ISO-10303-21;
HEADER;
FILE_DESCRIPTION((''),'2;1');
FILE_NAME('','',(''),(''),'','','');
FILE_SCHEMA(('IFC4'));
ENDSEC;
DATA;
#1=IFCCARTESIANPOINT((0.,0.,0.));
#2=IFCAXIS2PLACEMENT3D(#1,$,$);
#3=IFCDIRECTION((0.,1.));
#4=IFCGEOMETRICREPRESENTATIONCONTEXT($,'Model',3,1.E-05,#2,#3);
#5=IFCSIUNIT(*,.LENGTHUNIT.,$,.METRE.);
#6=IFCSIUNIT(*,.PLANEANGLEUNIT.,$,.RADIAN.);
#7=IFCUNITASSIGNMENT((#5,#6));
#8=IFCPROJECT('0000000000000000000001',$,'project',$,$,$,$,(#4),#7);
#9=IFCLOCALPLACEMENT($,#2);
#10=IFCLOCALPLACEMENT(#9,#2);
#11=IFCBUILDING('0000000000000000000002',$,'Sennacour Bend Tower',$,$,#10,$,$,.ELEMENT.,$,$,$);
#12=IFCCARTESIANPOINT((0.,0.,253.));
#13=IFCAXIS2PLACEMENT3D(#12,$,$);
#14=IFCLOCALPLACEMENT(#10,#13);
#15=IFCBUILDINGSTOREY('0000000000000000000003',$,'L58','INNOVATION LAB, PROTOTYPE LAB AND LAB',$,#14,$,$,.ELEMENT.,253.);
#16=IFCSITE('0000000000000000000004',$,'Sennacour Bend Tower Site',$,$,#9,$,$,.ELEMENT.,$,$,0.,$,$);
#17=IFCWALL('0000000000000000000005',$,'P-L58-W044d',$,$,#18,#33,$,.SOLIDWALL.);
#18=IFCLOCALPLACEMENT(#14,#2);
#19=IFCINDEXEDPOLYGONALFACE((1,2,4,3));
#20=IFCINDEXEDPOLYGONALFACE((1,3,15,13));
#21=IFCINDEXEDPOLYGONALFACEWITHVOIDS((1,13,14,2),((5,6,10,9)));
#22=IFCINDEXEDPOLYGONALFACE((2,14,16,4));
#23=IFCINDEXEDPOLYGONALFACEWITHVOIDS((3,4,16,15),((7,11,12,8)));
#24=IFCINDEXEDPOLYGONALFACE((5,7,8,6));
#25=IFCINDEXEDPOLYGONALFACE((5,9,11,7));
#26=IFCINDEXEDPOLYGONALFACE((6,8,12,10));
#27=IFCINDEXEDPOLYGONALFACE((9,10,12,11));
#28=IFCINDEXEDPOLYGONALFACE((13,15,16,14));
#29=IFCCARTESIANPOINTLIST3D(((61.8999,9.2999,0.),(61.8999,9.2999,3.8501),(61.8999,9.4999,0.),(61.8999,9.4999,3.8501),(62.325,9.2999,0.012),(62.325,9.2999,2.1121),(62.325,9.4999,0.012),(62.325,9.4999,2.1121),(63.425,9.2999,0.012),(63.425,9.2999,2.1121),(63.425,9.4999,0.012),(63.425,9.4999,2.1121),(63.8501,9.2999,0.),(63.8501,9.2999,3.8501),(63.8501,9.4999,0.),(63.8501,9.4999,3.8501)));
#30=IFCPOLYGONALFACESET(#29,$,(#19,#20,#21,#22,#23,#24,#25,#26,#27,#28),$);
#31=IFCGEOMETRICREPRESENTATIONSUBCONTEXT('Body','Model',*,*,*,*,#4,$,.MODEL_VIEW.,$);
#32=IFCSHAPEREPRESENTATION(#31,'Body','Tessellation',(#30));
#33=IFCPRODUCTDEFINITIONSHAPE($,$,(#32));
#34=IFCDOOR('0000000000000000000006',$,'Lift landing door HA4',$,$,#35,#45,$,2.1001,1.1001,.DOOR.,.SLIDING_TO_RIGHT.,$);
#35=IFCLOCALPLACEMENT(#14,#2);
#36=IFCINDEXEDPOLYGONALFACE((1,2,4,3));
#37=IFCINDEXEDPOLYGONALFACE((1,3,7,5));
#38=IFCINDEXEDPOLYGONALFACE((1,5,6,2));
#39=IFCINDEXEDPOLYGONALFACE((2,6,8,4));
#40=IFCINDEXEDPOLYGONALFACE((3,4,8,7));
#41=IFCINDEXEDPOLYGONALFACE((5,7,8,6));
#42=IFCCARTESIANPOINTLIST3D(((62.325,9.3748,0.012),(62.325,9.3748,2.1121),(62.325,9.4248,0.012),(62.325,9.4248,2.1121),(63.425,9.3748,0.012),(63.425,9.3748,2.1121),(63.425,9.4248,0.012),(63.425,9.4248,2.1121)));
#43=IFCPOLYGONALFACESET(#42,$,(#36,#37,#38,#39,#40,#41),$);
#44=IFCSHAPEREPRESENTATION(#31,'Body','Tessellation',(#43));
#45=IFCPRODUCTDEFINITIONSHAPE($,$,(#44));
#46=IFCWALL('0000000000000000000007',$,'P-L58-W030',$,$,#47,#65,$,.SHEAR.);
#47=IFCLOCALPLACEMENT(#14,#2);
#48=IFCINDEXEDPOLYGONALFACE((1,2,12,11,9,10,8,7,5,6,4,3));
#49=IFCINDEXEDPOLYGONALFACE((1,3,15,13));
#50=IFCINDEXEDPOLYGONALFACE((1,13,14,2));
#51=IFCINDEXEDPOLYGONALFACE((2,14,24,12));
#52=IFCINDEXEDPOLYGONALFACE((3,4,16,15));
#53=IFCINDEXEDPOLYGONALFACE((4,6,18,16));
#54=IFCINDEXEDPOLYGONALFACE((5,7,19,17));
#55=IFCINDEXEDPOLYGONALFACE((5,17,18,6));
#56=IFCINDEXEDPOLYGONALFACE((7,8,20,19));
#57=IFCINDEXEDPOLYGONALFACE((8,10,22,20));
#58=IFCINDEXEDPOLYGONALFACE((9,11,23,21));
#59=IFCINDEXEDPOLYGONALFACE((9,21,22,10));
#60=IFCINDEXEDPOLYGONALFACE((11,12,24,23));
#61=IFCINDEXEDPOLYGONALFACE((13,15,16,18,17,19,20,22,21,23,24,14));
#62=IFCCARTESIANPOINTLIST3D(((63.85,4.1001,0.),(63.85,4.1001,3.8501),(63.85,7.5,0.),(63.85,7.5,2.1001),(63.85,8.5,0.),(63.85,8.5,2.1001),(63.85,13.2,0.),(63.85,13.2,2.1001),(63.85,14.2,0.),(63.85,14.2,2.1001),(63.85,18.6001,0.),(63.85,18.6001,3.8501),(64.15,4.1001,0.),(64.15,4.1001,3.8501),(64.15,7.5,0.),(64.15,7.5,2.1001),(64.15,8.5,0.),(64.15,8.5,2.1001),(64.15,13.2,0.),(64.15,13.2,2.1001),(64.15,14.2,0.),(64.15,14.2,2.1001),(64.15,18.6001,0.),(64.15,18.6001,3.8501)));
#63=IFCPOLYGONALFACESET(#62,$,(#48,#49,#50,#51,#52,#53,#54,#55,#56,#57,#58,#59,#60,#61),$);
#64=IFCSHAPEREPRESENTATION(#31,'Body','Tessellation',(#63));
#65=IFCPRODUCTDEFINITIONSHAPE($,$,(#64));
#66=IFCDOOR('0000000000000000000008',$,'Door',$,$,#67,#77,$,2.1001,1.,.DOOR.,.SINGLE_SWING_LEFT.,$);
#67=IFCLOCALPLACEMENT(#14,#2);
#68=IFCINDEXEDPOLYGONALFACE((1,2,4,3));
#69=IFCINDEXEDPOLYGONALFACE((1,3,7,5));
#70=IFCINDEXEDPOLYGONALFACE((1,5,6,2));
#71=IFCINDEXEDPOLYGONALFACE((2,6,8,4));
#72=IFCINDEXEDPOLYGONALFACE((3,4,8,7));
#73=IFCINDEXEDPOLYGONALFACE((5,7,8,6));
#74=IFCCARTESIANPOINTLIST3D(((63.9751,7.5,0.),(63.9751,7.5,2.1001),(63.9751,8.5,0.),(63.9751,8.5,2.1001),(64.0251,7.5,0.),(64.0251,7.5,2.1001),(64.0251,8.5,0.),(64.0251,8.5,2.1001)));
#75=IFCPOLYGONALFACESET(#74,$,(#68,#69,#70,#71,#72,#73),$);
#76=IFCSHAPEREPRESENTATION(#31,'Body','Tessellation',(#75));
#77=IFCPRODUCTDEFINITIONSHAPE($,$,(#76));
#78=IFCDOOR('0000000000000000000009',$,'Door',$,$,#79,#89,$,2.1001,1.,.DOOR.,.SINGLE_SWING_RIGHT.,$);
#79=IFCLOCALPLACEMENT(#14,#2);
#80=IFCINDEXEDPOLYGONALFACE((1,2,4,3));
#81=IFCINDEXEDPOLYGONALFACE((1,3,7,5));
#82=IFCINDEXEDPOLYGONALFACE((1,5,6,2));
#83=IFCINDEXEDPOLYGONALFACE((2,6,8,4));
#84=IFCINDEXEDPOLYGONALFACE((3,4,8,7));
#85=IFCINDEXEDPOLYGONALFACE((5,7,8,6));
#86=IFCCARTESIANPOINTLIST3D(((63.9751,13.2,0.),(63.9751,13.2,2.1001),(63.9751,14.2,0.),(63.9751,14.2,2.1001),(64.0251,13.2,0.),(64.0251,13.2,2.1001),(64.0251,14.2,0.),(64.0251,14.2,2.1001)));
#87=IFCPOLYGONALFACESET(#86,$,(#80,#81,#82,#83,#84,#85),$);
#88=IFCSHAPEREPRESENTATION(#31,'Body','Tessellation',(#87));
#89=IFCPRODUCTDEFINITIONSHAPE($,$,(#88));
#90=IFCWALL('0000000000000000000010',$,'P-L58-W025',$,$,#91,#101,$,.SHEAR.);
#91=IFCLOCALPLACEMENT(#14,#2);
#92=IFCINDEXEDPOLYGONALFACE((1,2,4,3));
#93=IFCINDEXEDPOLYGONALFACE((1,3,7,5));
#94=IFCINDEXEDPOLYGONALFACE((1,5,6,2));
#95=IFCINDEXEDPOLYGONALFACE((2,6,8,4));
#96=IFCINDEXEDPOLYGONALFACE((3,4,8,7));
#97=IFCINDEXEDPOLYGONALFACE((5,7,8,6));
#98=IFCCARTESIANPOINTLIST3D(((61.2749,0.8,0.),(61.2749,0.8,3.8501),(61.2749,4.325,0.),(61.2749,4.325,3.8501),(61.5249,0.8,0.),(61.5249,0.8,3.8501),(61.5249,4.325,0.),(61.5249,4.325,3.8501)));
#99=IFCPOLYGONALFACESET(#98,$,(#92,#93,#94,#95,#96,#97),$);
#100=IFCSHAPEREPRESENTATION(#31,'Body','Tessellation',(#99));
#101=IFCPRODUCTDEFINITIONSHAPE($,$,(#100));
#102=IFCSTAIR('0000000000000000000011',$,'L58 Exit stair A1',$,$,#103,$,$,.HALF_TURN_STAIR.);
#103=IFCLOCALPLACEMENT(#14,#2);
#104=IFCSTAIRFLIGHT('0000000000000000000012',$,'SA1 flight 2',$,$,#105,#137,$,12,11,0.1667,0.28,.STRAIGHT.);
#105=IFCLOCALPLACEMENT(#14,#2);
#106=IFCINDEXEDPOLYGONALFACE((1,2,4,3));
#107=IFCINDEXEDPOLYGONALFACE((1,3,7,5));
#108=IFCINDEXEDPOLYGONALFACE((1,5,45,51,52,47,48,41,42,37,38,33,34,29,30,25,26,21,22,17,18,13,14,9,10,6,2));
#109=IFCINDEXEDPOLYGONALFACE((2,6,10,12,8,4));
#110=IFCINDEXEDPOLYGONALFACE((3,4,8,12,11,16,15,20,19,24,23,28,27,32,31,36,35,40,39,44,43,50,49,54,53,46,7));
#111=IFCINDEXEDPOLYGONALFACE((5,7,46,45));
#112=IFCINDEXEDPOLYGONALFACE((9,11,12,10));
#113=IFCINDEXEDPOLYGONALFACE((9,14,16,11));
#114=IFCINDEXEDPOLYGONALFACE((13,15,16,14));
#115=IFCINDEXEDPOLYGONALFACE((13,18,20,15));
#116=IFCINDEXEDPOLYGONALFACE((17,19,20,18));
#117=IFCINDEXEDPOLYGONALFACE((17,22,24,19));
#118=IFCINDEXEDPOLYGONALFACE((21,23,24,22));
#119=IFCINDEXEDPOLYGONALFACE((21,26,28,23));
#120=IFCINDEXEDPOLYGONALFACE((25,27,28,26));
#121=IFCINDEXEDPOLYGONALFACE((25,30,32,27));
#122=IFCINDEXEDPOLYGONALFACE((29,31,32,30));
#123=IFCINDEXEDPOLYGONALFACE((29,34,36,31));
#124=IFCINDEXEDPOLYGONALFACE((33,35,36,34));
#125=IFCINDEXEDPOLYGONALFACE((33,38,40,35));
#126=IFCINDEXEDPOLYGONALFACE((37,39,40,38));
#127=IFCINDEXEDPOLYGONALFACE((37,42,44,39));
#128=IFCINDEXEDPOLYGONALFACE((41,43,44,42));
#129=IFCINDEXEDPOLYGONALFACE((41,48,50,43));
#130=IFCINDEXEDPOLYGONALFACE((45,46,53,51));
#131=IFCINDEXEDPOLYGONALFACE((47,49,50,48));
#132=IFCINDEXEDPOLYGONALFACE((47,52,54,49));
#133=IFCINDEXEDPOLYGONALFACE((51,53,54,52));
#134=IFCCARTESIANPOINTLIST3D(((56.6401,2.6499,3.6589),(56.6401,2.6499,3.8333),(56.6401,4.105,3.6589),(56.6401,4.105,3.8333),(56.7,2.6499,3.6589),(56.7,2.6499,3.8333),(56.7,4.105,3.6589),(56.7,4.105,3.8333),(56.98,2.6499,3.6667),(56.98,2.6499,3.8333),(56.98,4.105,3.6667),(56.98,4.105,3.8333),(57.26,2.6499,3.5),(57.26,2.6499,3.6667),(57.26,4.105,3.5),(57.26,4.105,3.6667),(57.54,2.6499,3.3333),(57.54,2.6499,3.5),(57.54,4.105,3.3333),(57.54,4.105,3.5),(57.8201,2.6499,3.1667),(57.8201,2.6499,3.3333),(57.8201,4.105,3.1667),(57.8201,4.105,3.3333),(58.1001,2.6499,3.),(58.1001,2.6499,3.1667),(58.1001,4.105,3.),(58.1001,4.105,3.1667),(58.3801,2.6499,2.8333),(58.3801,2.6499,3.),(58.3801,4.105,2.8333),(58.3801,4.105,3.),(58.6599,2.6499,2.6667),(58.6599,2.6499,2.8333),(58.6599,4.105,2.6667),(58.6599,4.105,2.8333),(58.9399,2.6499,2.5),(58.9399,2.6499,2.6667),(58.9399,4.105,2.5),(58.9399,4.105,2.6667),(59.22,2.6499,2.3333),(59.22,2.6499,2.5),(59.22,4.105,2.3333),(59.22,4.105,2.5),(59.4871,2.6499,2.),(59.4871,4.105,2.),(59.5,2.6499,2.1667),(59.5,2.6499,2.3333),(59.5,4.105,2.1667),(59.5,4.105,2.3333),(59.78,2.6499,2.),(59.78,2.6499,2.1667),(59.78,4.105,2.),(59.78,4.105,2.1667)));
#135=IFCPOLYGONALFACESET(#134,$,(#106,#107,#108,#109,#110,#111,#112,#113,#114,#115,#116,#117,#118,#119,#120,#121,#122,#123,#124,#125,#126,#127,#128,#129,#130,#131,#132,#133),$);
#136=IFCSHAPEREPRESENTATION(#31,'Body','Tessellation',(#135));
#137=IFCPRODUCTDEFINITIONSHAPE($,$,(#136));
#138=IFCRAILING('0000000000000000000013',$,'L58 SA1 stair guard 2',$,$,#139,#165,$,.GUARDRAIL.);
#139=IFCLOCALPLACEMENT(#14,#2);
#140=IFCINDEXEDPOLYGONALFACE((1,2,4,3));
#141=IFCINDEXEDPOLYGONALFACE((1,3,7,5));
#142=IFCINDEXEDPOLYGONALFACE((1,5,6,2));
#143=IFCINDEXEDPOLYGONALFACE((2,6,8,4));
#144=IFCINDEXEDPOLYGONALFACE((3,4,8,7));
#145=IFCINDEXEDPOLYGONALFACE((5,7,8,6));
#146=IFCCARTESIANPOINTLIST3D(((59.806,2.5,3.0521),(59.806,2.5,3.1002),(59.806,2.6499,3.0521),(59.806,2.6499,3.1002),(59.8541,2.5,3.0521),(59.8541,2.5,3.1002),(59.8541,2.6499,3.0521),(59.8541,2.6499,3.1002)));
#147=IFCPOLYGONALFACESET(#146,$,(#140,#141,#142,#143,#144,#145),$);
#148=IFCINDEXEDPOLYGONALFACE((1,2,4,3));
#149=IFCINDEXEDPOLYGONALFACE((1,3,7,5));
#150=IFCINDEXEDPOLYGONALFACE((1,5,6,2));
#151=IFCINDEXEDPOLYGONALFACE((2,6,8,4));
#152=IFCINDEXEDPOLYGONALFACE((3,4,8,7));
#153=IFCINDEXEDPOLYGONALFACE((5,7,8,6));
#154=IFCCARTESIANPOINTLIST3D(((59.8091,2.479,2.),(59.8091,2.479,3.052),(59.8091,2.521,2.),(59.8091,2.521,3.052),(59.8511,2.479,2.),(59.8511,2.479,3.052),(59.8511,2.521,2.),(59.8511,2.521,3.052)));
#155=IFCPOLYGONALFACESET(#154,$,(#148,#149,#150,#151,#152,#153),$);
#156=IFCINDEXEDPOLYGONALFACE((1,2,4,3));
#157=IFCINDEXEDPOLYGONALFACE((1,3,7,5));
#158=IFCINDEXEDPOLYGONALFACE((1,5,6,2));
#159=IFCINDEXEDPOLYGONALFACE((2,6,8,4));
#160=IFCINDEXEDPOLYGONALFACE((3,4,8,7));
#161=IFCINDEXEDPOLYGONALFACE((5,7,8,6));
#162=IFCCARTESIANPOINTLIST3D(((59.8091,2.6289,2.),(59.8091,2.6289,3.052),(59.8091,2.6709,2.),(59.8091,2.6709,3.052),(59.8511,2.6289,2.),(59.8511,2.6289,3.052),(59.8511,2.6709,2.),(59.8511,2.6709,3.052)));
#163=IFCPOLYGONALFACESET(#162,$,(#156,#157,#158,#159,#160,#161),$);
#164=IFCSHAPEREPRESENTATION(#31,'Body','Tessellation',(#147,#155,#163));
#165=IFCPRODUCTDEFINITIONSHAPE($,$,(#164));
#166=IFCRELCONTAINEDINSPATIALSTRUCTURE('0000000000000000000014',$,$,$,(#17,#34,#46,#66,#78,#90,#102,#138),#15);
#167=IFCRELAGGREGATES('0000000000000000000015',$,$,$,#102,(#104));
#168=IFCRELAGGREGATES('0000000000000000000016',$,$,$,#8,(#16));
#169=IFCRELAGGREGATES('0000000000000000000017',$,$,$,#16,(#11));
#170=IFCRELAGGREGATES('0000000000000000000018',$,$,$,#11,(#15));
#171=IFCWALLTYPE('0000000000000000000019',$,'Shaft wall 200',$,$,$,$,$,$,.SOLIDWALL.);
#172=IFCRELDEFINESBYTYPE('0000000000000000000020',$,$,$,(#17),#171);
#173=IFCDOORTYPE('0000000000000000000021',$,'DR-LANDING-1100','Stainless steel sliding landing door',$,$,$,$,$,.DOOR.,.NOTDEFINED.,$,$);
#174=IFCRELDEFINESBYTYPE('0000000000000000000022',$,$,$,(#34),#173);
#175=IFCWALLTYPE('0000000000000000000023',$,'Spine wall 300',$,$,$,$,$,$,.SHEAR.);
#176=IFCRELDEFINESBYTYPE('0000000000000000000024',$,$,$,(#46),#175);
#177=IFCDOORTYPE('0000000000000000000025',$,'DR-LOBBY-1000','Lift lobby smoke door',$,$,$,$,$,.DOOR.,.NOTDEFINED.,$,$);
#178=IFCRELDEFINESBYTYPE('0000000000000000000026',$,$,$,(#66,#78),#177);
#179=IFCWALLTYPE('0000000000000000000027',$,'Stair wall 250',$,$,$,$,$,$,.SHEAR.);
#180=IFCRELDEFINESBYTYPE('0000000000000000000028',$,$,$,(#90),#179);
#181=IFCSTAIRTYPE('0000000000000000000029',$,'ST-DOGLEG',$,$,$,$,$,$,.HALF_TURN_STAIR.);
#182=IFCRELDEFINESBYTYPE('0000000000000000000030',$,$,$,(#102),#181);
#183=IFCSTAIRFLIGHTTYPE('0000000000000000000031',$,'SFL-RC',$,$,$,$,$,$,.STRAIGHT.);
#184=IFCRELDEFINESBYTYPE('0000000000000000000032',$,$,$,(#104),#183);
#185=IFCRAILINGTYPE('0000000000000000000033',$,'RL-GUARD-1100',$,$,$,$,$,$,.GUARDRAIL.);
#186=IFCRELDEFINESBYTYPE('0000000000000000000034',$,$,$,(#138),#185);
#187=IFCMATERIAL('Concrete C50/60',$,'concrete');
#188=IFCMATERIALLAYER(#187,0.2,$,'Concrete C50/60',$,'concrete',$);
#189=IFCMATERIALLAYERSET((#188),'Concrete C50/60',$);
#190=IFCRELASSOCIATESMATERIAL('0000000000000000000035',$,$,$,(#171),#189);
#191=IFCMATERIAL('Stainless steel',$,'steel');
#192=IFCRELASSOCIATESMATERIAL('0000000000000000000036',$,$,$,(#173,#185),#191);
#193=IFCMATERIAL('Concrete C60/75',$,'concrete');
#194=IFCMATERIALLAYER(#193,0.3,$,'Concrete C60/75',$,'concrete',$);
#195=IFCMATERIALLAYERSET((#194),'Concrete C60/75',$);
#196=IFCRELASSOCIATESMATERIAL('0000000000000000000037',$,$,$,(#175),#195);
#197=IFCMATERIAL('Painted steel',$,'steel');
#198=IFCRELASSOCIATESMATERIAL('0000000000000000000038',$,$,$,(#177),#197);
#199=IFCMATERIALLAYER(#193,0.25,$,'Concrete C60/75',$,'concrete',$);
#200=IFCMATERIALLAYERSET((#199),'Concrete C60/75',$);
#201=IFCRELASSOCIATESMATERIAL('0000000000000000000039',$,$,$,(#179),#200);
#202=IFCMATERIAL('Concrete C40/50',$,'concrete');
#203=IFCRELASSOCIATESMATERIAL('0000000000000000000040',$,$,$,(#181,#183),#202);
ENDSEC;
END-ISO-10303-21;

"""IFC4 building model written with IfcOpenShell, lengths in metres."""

from ifc_helpers import new_model, si_unit, direction, frame, frame_2d, origin, origin_2d, place, context, subcontext, project, spatial, polyline, rectangle, outline, extrude, material, layer, layer_set, type_object, element, fill, aggregate, save


model = new_model("IFC4")

# Units and contexts
model_context = context("Model", 3, precision=1e-05, world=origin(), true_north=direction((0.0, 1.0)))
body_context = subcontext(model_context, "Body", "Model", "MODEL_VIEW")
ifc_project = project(units=[si_unit("LENGTHUNIT", "METRE"), si_unit("PLANEANGLEUNIT", "RADIAN")], contexts=[model_context])

# Site, building, storey
site_placement = place(None, origin())
site = spatial("IfcSite", under=ifc_project, at=site_placement, Name="Sennacour Bend Tower Site", CompositionType="ELEMENT", RefElevation=0.0)
building_placement = place(site_placement, origin())
building = spatial("IfcBuilding", under=site, at=building_placement, Name="Sennacour Bend Tower", CompositionType="ELEMENT")
storey_placement = place(building_placement, frame((0.0, 0.0, 253.0)))
storey = spatial("IfcBuildingStorey", under=building, at=storey_placement, Name="L58", Description="INNOVATION LAB, PROTOTYPE LAB AND LAB", CompositionType="ELEMENT", Elevation=253.0)

# Shared definitions
ifc_material_1 = material(Name="Concrete C50/60", Category="concrete")

# Shared definitions
ifc_material_2 = material(Name="Painted steel", Category="steel")

# Shared definitions
ifc_layer_1 = layer(ifc_material_1, 0.2, Name="Concrete C50/60", Category="concrete")
ifc_layer_set_1 = layer_set([ifc_layer_1], Name="Concrete C50/60")
wall_type_1 = type_object("IfcWallType", Name="Shaft wall 200", PredefinedType="SOLIDWALL", material=ifc_layer_set_1)

# Wall, opening, door
wall_1_placement = place(storey_placement, frame((61.8999, 9.3999, 0.0), z_axis=(0.0, 0.0, 1.0), x_axis=(1.0, 0.0, 0.0)))
wall_1 = element("IfcWall", 1, at=wall_1_placement, inside=storey, type_object=wall_type_1, Name="P-L58-W044d", PredefinedType="SOLIDWALL", context=body_context, shape_type="SweptSolid", body=[
    extrude(rectangle(XDim=1.9502, YDim=0.2, at=frame_2d((0.9751, 0.0))), origin(), (0.0, 0.0, 1.0), 3.8501),
])
opening_1_placement = place(wall_1_placement, frame((0.425, 0.0, 0.012)))
opening_1 = element("IfcOpeningElement", 2, at=opening_1_placement, cuts=wall_1, PredefinedType="OPENING", context=body_context, shape_type="SweptSolid", body=[
    extrude(rectangle(XDim=1.1001, YDim=2.1001, at=frame_2d((0.55, 1.05))), frame((0.0, 0.1099, 0.0), z_axis=(0.0, -1.0, 0.0), x_axis=(1.0, 0.0, 0.0)), (0.0, 0.0, 1.0), 0.22),
])
ifc_material_3 = material(Name="Stainless steel", Category="steel")
door_type_1 = type_object("IfcDoorType", Name="DR-LANDING-1100", Description="Stainless steel sliding landing door", OperationType="NOTDEFINED", PredefinedType="DOOR", material=ifc_material_3)
door_1_placement = place(opening_1_placement, origin())
door_1 = element("IfcDoor", 3, at=door_1_placement, inside=storey, type_object=door_type_1, Name="Lift landing door HA4", OperationType="SLIDING_TO_RIGHT", OverallHeight=2.1001, OverallWidth=1.1001, PredefinedType="DOOR", context=body_context, shape_type="SweptSolid", body=[
    extrude(rectangle(XDim=1.1001, YDim=2.1001, at=frame_2d((0.55, 1.05))), frame((0.0, 0.0249, 0.0), z_axis=(0.0, -1.0, 0.0), x_axis=(1.0, 0.0, 0.0)), (0.0, 0.0, 1.0), 0.05),
])
fill(opening_1, door_1)

# Wall, openings, doors
ifc_material_4 = material(Name="Concrete C60/75", Category="concrete")
ifc_layer_2 = layer(ifc_material_4, 0.3, Name="Concrete C60/75", Category="concrete")
ifc_layer_set_2 = layer_set([ifc_layer_2], Name="Concrete C60/75")
wall_type_2 = type_object("IfcWallType", Name="Spine wall 300", PredefinedType="SHEAR", material=ifc_layer_set_2)
wall_2_placement = place(storey_placement, frame((64.0, 4.1001, 0.0), z_axis=(0.0, 0.0, 1.0), x_axis=(0.0, 1.0, 0.0)))
wall_2 = element("IfcWall", 4, at=wall_2_placement, inside=storey, type_object=wall_type_2, Name="P-L58-W030", PredefinedType="SHEAR", context=body_context, shape_type="SweptSolid", body=[
    extrude(rectangle(XDim=14.5, YDim=0.3, at=frame_2d((7.25, 0.0))), origin(), (0.0, 0.0, 1.0), 3.8501),
])
opening_2_placement = place(wall_2_placement, frame((3.3999, 0.0, 0.0)))
opening_2 = element("IfcOpeningElement", 5, at=opening_2_placement, cuts=wall_2, PredefinedType="OPENING", context=body_context, shape_type="SweptSolid", body=[
    extrude(rectangle(XDim=1.0, YDim=2.1001, at=frame_2d((0.5, 1.05))), frame((0.0, 0.1602, 0.0), z_axis=(0.0, -1.0, 0.0), x_axis=(1.0, 0.0, 0.0)), (0.0, 0.0, 1.0), 0.3201),
])
opening_3_placement = place(wall_2_placement, frame((9.0999, 0.0, 0.0)))
opening_3 = element("IfcOpeningElement", 6, at=opening_3_placement, cuts=wall_2, PredefinedType="OPENING", context=body_context, shape_type="SweptSolid", body=[
    extrude(rectangle(XDim=1.0, YDim=2.1001, at=frame_2d((0.5, 1.05))), frame((0.0, 0.1602, 0.0), z_axis=(0.0, -1.0, 0.0), x_axis=(1.0, 0.0, 0.0)), (0.0, 0.0, 1.0), 0.3201),
])
door_type_2 = type_object("IfcDoorType", Name="DR-LOBBY-1000", Description="Lift lobby smoke door", OperationType="NOTDEFINED", PredefinedType="DOOR", material=ifc_material_2)
door_2_placement = place(opening_2_placement, origin())
door_2 = element("IfcDoor", 7, at=door_2_placement, inside=storey, type_object=door_type_2, Name="Door", OperationType="SINGLE_SWING_LEFT", OverallHeight=2.1001, OverallWidth=1.0, PredefinedType="DOOR", context=body_context, shape_type="SweptSolid", body=[
    extrude(rectangle(XDim=1.0, YDim=2.1001, at=frame_2d((0.5, 1.05))), frame((0.0, 0.0249, 0.0), z_axis=(0.0, -1.0, 0.0), x_axis=(1.0, 0.0, 0.0)), (0.0, 0.0, 1.0), 0.05),
])
fill(opening_2, door_2)
door_3_placement = place(opening_3_placement, origin())
door_3 = element("IfcDoor", 8, at=door_3_placement, inside=storey, type_object=door_type_2, Name="Door", OperationType="SINGLE_SWING_RIGHT", OverallHeight=2.1001, OverallWidth=1.0, PredefinedType="DOOR", context=body_context, shape_type="SweptSolid", body=[
    extrude(rectangle(XDim=1.0, YDim=2.1001, at=frame_2d((0.5, 1.05))), frame((0.0, 0.0249, 0.0), z_axis=(0.0, -1.0, 0.0), x_axis=(1.0, 0.0, 0.0)), (0.0, 0.0, 1.0), 0.05),
])
fill(opening_3, door_3)

# Wall
ifc_layer_3 = layer(ifc_material_4, 0.25, Name="Concrete C60/75", Category="concrete")
ifc_layer_set_3 = layer_set([ifc_layer_3], Name="Concrete C60/75")
wall_type_3 = type_object("IfcWallType", Name="Stair wall 250", PredefinedType="SHEAR", material=ifc_layer_set_3)
wall_3_placement = place(storey_placement, frame((61.3999, 0.8, 0.0), z_axis=(0.0, 0.0, 1.0), x_axis=(0.0, 1.0, 0.0)))
element("IfcWall", 9, at=wall_3_placement, inside=storey, type_object=wall_type_3, Name="P-L58-W025", PredefinedType="SHEAR", context=body_context, shape_type="SweptSolid", body=[
    extrude(rectangle(XDim=3.5249, YDim=0.25, at=frame_2d((1.7625, 0.0))), origin(), (0.0, 0.0, 1.0), 3.8501),
])

# Stair, stair flight
ifc_material_5 = material(Name="Concrete C40/50", Category="concrete")
stair_type = type_object("IfcStairType", Name="ST-DOGLEG", PredefinedType="HALF_TURN_STAIR", material=ifc_material_5)
stair_placement = place(storey_placement, origin())
stair = element("IfcStair", 10, at=stair_placement, inside=storey, type_object=stair_type, Name="L58 Exit stair A1", PredefinedType="HALF_TURN_STAIR")
stair_flight_type = type_object("IfcStairFlightType", Name="SFL-RC", PredefinedType="STRAIGHT", material=ifc_material_5)
stair_flight_placement = place(storey_placement, frame((59.78, 3.3774, 2.0), z_axis=(0.0, 0.0, 1.0), x_axis=(-1.0, 0.0, 0.0)))
stair_flight = element("IfcStairFlight", 11, at=stair_flight_placement, type_object=stair_flight_type, Name="SA1 flight 2", NumberOfRisers=12, NumberOfTreads=11, PredefinedType="STRAIGHT", RiserHeight=0.1667, TreadLength=0.28, context=body_context, shape_type="SweptSolid", body=[
    extrude(outline(polyline([(0.0, 0.0), (0.0, 0.1667), (0.28, 0.1667), (0.28, 0.3333), (0.5601, 0.3333), (0.5601, 0.5), (0.8401, 0.5), (0.8401, 0.6667), (1.1201, 0.6667), (1.1201, 0.8333), (1.3999, 0.8333), (1.3999, 1.0), (1.6799, 1.0), (1.6799, 1.1667), (1.96, 1.1667), (1.96, 1.3333), (2.24, 1.3333), (2.24, 1.5), (2.52, 1.5), (2.52, 1.6667), (2.8, 1.6667), (2.8, 1.8333), (3.0801, 1.8333), (3.1399, 1.8333), (3.1399, 1.6589), (3.0801, 1.6589), (0.293, 0.0), (0.0, 0.0)])), frame((0.0, 0.7275, 0.0), z_axis=(0.0, -1.0, 0.0), x_axis=(1.0, 0.0, 0.0)), (0.0, 0.0, 1.0), 1.4551),
])
aggregate(stair, [stair_flight])

# Railing
railing_type_1 = type_object("IfcRailingType", Name="RL-GUARD-1100", PredefinedType="GUARDRAIL", material=ifc_material_3)
railing_1_placement = place(storey_placement, frame((59.8301, 2.5, 2.0)))
element("IfcRailing", 12, at=railing_1_placement, inside=storey, type_object=railing_type_1, Name="L58 SA1 stair guard 2", PredefinedType="GUARDRAIL", context=body_context, shape_type="SweptSolid", body=[
    extrude(rectangle(XDim=0.0481, YDim=0.0481, at=origin_2d()), frame((0.0, 0.0, 1.0762), z_axis=(0.0, 1.0, 0.0), x_axis=(-1.0, 0.0, 0.0)), (0.0, 0.0, 1.0), 0.1499),
    extrude(rectangle(XDim=0.042, YDim=0.042, at=origin_2d()), origin(), (0.0, 0.0, 1.0), 1.052),
    extrude(rectangle(XDim=0.042, YDim=0.042, at=origin_2d()), frame((0.0, 0.1499, 0.0)), (0.0, 0.0, 1.0), 1.052),
])

save(model, "model.ifc")
